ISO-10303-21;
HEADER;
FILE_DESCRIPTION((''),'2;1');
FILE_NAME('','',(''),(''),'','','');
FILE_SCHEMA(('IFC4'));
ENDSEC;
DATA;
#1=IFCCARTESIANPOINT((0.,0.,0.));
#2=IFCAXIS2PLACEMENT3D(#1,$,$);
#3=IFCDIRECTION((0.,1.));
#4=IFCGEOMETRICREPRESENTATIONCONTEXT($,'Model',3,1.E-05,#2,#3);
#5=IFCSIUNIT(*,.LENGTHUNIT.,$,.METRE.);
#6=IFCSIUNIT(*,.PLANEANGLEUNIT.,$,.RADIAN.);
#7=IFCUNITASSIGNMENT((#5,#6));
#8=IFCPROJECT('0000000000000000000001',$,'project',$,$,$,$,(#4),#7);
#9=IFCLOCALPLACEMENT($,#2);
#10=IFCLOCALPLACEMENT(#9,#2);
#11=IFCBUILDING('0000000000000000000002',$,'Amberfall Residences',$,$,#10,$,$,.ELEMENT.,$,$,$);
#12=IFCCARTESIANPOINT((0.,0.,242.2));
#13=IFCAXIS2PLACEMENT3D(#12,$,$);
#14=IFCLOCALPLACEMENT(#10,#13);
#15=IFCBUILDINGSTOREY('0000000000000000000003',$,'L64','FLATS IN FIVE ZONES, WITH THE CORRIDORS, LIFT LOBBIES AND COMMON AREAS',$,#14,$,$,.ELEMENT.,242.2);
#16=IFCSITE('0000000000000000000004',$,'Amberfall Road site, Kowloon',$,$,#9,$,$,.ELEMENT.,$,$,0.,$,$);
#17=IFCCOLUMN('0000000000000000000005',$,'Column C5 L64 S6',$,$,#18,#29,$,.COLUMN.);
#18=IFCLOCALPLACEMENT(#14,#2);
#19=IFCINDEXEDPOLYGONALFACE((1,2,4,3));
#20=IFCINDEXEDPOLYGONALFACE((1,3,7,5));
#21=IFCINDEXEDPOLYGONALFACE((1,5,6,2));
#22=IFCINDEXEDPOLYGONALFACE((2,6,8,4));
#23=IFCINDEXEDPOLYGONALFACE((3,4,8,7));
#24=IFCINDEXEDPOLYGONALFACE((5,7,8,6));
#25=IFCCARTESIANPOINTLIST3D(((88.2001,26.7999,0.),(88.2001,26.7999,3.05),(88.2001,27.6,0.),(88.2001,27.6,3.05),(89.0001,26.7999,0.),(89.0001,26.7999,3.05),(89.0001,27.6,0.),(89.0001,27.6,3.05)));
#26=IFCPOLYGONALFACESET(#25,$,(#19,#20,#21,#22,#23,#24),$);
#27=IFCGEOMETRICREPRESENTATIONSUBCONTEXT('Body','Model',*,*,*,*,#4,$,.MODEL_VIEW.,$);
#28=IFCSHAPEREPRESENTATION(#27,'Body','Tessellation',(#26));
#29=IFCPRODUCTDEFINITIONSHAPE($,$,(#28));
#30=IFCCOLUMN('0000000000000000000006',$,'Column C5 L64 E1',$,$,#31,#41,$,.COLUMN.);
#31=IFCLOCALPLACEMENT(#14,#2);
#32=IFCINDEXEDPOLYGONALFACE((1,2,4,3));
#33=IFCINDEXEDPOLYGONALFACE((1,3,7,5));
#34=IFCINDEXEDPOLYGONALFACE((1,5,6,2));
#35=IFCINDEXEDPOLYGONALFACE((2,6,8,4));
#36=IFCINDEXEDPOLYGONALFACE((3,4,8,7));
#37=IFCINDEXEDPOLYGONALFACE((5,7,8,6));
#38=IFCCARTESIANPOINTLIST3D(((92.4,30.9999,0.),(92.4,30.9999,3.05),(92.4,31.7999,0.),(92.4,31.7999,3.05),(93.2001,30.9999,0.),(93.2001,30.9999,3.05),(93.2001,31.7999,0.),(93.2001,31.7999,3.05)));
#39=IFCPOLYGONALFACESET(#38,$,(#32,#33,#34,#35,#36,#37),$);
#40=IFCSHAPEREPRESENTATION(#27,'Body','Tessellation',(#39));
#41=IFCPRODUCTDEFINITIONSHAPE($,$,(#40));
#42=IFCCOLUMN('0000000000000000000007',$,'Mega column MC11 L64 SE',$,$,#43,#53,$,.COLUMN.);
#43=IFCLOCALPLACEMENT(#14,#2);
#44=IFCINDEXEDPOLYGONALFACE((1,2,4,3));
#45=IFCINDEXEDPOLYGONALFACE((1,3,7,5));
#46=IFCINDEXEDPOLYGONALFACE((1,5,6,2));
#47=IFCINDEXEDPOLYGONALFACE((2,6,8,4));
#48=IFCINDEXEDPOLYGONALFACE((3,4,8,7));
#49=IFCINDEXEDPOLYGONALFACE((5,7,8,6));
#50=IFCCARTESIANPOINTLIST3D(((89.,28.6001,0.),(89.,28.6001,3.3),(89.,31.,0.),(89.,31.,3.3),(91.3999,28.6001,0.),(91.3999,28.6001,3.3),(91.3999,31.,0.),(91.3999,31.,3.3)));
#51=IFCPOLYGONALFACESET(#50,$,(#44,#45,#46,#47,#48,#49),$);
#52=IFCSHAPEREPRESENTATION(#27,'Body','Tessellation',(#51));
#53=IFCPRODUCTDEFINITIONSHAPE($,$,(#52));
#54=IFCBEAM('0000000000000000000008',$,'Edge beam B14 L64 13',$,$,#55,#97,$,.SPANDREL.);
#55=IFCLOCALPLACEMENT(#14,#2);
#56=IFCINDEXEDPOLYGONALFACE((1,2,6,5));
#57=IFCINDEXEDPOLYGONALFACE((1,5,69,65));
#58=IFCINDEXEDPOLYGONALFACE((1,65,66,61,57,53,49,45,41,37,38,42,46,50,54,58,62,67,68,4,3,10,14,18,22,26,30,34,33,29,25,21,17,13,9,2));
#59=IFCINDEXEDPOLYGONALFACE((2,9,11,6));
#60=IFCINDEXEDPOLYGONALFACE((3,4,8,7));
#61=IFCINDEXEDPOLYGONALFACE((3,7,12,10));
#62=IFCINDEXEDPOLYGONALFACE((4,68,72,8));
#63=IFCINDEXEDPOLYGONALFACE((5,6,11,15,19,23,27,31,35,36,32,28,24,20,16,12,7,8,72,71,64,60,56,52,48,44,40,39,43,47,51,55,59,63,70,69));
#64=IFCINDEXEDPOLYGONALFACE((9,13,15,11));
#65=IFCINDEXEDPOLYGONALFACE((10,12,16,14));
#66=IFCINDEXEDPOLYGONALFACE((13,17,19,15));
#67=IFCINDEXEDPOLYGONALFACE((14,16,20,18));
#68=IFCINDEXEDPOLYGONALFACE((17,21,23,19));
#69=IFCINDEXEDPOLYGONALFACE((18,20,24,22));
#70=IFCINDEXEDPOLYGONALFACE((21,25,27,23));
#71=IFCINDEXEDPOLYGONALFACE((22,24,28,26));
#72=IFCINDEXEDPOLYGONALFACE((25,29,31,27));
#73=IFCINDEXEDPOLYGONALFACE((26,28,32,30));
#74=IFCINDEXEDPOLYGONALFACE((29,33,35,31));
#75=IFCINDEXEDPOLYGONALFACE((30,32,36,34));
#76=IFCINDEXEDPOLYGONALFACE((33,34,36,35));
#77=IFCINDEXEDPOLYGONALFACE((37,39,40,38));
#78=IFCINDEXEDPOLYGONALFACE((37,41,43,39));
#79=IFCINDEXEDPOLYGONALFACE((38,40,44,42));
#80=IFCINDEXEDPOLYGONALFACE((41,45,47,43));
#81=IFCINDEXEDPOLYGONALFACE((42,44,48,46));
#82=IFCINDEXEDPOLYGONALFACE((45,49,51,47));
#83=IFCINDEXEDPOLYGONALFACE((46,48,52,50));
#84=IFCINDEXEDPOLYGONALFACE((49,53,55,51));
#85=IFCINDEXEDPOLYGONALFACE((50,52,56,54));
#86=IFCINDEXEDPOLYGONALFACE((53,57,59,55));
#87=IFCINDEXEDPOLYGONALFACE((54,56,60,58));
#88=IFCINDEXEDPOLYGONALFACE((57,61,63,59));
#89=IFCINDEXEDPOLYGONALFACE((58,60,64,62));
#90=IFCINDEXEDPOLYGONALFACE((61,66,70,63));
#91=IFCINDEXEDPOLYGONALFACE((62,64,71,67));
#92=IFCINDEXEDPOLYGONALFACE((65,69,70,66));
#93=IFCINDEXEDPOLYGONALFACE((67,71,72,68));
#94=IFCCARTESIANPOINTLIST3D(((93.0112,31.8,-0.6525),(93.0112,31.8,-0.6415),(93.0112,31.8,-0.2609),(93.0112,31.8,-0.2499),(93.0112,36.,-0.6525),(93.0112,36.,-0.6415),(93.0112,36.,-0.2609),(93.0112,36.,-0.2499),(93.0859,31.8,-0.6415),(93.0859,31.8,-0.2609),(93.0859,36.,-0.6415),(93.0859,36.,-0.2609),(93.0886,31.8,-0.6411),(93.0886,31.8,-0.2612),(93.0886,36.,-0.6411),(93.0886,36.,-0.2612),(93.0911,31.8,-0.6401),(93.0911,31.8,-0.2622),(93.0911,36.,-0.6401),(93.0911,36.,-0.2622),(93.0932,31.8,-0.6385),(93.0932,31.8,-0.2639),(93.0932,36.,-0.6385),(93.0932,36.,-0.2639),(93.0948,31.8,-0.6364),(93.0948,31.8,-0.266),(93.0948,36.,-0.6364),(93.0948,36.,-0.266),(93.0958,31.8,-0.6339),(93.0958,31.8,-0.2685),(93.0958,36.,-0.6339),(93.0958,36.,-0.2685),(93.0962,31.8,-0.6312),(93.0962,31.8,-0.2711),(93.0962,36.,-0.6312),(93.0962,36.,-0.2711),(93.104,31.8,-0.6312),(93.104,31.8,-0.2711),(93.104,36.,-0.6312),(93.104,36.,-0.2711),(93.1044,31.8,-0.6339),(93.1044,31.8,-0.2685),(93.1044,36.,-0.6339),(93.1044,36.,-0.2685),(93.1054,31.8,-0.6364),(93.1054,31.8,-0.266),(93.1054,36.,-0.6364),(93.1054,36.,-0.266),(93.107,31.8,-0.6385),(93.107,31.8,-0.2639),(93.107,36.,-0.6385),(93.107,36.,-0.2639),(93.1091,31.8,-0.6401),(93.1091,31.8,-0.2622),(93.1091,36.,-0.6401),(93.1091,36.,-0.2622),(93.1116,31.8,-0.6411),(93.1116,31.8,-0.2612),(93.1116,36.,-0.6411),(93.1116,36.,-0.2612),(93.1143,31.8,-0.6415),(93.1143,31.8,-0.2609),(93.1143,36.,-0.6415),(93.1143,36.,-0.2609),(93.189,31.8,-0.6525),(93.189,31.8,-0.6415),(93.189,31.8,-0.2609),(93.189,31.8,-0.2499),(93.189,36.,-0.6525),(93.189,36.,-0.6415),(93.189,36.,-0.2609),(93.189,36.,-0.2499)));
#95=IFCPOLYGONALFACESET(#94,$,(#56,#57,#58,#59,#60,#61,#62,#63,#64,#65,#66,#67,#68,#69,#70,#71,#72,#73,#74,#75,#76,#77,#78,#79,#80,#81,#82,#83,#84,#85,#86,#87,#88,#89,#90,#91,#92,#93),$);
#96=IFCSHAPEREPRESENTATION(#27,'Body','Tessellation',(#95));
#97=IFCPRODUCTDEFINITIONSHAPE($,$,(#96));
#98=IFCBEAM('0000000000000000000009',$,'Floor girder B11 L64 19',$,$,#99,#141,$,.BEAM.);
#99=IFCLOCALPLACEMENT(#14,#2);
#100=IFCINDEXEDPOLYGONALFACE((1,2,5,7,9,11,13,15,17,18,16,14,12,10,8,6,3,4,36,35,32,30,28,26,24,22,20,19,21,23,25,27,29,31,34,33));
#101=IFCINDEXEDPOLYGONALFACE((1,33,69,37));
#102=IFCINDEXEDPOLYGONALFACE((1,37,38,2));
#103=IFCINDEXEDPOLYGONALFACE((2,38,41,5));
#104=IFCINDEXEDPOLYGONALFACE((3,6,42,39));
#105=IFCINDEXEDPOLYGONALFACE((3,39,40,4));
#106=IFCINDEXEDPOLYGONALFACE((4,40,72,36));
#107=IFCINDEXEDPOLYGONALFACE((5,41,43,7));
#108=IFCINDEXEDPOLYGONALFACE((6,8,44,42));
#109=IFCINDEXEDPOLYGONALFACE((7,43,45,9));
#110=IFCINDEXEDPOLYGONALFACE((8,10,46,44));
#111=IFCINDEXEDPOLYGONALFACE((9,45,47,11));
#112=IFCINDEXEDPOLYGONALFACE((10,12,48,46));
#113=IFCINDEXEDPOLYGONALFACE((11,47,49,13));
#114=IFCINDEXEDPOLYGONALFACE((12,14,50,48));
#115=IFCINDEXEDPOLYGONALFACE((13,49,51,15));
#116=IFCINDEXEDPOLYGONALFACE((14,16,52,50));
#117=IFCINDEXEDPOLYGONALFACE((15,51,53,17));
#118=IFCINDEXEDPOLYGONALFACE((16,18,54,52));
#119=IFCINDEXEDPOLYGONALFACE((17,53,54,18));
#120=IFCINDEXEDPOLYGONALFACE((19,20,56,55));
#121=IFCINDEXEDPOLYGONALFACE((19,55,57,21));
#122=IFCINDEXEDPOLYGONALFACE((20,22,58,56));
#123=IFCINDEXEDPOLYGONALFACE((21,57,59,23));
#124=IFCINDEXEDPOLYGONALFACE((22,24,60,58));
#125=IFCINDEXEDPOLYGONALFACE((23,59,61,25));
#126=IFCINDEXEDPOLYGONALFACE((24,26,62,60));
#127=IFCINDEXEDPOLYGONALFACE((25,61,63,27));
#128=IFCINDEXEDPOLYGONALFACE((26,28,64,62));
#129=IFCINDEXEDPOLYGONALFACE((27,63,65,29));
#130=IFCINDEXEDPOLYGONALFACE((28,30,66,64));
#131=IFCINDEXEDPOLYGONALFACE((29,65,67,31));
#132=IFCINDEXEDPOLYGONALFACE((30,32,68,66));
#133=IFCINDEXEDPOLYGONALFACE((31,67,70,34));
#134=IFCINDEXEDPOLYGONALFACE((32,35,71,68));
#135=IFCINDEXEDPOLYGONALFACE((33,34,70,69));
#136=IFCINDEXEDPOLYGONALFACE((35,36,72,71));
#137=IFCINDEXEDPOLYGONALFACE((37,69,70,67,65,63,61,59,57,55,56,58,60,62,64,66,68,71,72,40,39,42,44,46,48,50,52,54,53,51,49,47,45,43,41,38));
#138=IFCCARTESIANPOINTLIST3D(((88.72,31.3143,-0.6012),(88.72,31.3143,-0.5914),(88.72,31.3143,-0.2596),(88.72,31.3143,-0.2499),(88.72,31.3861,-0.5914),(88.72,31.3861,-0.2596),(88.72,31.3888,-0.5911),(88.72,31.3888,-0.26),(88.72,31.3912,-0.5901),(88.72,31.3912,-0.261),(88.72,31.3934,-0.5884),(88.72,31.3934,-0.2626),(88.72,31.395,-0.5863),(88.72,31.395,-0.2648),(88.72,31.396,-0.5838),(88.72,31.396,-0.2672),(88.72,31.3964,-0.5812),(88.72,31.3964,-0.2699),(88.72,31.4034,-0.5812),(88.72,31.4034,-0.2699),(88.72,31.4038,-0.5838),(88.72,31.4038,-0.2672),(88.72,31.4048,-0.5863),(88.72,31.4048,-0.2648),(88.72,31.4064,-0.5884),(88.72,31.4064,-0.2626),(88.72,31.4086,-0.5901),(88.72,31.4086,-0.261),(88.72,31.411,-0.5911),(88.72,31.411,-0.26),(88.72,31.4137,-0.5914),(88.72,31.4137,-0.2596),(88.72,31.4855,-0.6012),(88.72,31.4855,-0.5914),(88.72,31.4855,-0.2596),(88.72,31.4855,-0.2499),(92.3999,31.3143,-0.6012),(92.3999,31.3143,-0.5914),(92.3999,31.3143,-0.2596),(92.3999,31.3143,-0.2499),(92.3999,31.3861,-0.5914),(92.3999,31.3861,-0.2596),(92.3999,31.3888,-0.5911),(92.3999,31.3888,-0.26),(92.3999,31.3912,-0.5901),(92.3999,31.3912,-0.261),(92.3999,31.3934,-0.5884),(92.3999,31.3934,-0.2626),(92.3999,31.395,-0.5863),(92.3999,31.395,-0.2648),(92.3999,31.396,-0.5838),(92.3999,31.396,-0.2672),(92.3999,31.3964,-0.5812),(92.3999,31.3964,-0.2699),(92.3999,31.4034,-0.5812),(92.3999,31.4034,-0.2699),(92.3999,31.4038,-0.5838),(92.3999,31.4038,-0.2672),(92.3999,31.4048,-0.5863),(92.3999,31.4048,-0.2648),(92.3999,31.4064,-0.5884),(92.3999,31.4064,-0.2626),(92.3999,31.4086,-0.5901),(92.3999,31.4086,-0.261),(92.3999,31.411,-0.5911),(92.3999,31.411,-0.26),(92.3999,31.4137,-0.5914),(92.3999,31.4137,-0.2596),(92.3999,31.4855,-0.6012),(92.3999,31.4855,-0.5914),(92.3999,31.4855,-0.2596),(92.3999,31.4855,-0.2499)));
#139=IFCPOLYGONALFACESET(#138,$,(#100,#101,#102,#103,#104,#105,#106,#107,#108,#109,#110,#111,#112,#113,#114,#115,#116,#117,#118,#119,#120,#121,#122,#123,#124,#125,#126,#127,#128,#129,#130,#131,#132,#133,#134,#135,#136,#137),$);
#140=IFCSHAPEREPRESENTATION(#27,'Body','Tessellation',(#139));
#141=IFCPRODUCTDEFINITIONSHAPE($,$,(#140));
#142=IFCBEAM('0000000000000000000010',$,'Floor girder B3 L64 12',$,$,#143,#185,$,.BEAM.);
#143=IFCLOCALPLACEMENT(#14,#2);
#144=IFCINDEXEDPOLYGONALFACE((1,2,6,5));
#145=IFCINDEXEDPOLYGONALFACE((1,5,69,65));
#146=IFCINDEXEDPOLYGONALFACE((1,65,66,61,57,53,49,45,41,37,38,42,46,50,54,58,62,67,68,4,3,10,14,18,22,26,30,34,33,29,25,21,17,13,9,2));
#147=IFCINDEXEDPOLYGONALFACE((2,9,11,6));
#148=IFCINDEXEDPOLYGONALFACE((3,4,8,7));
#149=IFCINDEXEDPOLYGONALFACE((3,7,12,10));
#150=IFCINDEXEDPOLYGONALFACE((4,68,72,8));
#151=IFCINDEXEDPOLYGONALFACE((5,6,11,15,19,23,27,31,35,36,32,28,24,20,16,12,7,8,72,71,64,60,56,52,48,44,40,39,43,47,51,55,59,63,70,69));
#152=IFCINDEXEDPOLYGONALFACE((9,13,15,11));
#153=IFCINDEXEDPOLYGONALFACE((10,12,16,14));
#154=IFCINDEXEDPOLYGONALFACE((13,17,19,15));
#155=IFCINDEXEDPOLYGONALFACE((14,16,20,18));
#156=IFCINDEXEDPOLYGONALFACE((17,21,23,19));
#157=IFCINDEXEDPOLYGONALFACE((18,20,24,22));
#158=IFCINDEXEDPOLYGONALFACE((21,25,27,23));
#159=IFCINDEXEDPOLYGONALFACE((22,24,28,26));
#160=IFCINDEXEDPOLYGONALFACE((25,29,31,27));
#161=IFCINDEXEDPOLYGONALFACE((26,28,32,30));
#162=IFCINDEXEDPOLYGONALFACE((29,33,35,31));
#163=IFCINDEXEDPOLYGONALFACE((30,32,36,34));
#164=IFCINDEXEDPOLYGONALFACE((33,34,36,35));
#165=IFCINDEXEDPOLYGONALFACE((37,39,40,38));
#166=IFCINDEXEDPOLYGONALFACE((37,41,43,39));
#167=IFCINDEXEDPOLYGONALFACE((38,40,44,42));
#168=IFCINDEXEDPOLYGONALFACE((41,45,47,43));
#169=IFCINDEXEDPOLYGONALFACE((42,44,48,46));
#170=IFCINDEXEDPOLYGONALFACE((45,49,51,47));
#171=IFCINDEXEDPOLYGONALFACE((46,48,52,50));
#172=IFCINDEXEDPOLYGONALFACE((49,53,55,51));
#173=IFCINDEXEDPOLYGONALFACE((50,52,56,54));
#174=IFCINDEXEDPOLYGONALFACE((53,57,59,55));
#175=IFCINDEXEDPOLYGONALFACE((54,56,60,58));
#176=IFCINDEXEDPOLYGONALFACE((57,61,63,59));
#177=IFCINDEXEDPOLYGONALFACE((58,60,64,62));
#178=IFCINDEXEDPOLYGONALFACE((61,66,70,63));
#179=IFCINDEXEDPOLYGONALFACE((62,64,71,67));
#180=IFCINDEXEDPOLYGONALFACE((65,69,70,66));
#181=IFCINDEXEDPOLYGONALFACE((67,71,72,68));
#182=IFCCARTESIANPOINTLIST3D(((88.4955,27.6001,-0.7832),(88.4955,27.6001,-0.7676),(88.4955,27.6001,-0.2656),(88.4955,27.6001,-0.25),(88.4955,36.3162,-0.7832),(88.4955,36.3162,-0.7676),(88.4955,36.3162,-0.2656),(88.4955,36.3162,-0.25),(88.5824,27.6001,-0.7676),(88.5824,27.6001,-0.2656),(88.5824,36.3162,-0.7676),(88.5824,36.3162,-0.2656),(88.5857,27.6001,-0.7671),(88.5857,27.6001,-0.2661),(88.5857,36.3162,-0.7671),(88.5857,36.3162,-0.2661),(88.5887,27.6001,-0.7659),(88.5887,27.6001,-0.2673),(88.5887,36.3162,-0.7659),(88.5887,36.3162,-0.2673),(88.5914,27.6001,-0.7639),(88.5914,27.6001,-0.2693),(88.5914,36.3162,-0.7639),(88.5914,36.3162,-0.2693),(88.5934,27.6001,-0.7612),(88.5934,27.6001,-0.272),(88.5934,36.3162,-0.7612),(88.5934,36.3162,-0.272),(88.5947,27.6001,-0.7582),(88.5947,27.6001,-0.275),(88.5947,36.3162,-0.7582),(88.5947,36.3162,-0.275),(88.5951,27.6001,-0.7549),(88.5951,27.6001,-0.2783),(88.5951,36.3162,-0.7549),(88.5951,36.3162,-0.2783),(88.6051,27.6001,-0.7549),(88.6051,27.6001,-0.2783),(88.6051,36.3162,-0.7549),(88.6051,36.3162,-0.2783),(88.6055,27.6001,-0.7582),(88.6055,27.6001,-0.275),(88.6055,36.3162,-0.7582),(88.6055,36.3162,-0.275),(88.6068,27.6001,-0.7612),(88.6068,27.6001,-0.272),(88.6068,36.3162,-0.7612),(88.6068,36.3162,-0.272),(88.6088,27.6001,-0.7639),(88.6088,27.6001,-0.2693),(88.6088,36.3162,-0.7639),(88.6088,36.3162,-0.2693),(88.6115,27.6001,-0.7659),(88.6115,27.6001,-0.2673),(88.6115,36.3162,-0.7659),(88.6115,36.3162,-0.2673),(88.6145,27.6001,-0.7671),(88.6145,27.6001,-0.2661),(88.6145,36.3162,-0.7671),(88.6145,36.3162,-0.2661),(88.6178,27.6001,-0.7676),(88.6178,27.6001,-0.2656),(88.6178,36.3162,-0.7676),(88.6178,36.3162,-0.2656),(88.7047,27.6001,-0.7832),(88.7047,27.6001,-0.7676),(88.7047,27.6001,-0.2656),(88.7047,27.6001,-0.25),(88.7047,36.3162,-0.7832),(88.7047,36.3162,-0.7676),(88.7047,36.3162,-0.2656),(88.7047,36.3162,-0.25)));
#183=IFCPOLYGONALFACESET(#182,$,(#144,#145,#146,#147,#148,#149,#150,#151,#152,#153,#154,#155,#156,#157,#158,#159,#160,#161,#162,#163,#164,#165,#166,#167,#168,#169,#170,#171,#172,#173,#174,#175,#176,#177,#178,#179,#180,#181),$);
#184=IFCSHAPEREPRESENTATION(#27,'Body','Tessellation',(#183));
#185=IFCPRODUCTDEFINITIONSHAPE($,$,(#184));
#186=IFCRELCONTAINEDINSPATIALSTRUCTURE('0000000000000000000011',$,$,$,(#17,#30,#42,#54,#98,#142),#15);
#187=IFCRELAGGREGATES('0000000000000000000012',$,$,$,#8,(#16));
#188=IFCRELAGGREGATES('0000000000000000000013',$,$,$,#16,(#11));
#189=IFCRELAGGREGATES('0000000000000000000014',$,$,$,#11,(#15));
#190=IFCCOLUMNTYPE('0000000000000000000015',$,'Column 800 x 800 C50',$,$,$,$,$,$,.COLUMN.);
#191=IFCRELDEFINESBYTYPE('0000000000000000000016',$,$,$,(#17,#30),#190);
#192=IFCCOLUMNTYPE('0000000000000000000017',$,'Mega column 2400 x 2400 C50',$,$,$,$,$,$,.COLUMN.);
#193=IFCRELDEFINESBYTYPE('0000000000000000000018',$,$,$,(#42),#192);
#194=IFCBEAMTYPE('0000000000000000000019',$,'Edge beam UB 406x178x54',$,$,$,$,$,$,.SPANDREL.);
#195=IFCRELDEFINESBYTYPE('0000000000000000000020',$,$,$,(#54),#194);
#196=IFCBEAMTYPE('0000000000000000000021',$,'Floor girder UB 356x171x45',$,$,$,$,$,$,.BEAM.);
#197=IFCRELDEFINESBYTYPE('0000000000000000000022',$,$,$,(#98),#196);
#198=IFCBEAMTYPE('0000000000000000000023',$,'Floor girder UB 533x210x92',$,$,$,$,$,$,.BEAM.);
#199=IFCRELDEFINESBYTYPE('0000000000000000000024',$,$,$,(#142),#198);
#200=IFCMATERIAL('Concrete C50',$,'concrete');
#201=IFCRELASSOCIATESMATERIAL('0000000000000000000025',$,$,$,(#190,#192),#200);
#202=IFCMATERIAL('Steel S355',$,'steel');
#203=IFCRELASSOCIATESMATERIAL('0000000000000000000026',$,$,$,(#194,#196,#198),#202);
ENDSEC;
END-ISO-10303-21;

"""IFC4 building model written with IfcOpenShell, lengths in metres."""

from ifc_helpers import new_model, si_unit, direction, frame, origin, origin_2d, place, context, subcontext, project, spatial, rectangle, i_section, extrude, material, material_profile, profile_set, type_object, element, save


model = new_model("IFC4")

# Units and contexts
model_context = context("Model", 3, precision=1e-05, world=origin(), true_north=direction((0.0, 1.0)))
body_context = subcontext(model_context, "Body", "Model", "MODEL_VIEW")
ifc_project = project(units=[si_unit("LENGTHUNIT", "METRE"), si_unit("PLANEANGLEUNIT", "RADIAN")], contexts=[model_context])

# Site, building, storey
site_placement = place(None, origin())
site = spatial("IfcSite", under=ifc_project, at=site_placement, Name="Amberfall Road site, Kowloon", CompositionType="ELEMENT", RefElevation=0.0)
building_placement = place(site_placement, origin())
building = spatial("IfcBuilding", under=site, at=building_placement, Name="Amberfall Residences", CompositionType="ELEMENT")
storey_placement = place(building_placement, frame((0.0, 0.0, 242.2)))
storey = spatial("IfcBuildingStorey", under=building, at=storey_placement, Name="L64", Description="FLATS IN FIVE ZONES, WITH THE CORRIDORS, LIFT LOBBIES AND COMMON AREAS", CompositionType="ELEMENT", Elevation=242.2)

# Columns
ifc_material_1 = material(Name="Concrete C50", Category="concrete")
ifc_material_profile_1 = material_profile(ifc_material_1, rectangle(XDim=0.8, YDim=0.8, at=origin_2d()), Name="Column 800 x 800 C50")
ifc_profile_set_1 = profile_set([ifc_material_profile_1], Name="Concrete C50")
column_type_1 = type_object("IfcColumnType", Name="Column 800 x 800 C50", PredefinedType="COLUMN", material=ifc_profile_set_1)
for number, where, z_axis, x_axis, name in (
    (1, (88.6001, 27.2, 0.0), (0.0, 0.0, 1.0), (1.0, 0.0, 0.0), "Column C5 L64 S6"),
    (2, (92.8, 31.3999, 0.0), (0.0, 0.0, 1.0), (1.0, 0.0, 0.0), "Column C5 L64 E1"),
):
    element("IfcColumn", number, at=place(storey_placement, frame(where, z_axis=z_axis, x_axis=x_axis)), inside=storey, type_object=column_type_1, Name=name, PredefinedType="COLUMN", context=body_context, shape_type="SweptSolid", body=[
        extrude(rectangle(XDim=0.8, YDim=0.8, at=origin_2d()), origin(), (0.0, 0.0, 1.0), 3.05),
    ])
ifc_material_profile_2 = material_profile(ifc_material_1, rectangle(XDim=2.3999, YDim=2.3999, at=origin_2d()), Name="Mega column 2400 x 2400 C50")
ifc_profile_set_2 = profile_set([ifc_material_profile_2], Name="Concrete C50")
column_type_2 = type_object("IfcColumnType", Name="Mega column 2400 x 2400 C50", PredefinedType="COLUMN", material=ifc_profile_set_2)
column_placement = place(storey_placement, frame((90.2, 29.8, 0.0), z_axis=(0.0, 0.0, 1.0), x_axis=(1.0, 0.0, 0.0)))
element("IfcColumn", 3, at=column_placement, inside=storey, type_object=column_type_2, Name="Mega column MC11 L64 SE", PredefinedType="COLUMN", context=body_context, shape_type="SweptSolid", body=[
    extrude(rectangle(XDim=2.3999, YDim=2.3999, at=origin_2d()), origin(), (0.0, 0.0, 1.0), 3.3),
])

# Beams
ifc_material_2 = material(Name="Steel S355", Category="steel")
ifc_material_profile_3 = material_profile(ifc_material_2, i_section(OverallWidth=0.1777, OverallDepth=0.4026, WebThickness=0.0078, FlangeThickness=0.011, FilletRadius=0.0103, at=origin_2d()), Name="UB 406x178x54")
ifc_profile_set_3 = profile_set([ifc_material_profile_3], Name="Steel S355")
beam_type_1 = type_object("IfcBeamType", Name="Edge beam UB 406x178x54", PredefinedType="SPANDREL", material=ifc_profile_set_3)
beam_1_placement = place(storey_placement, frame((93.1001, 31.8, -0.4512), z_axis=(0.0, 1.0, 0.0), x_axis=(-1.0, 0.0, 0.0)))
element("IfcBeam", 4, at=beam_1_placement, inside=storey, type_object=beam_type_1, Name="Edge beam B14 L64 13", PredefinedType="SPANDREL", context=body_context, shape_type="SweptSolid", body=[
    extrude(i_section(OverallWidth=0.1777, OverallDepth=0.4026, WebThickness=0.0078, FlangeThickness=0.011, FilletRadius=0.0103, at=origin_2d()), origin(), (0.0, 0.0, 1.0), 4.2),
])
ifc_material_profile_4 = material_profile(ifc_material_2, i_section(OverallWidth=0.1711, OverallDepth=0.3513, WebThickness=0.0071, FlangeThickness=0.0098, FilletRadius=0.0103, at=origin_2d()), Name="UB 356x171x45")
ifc_profile_set_4 = profile_set([ifc_material_profile_4], Name="Steel S355")
beam_type_2 = type_object("IfcBeamType", Name="Floor girder UB 356x171x45", PredefinedType="BEAM", material=ifc_profile_set_4)
beam_2_placement = place(storey_placement, frame((92.3999, 31.3999, -0.4255), z_axis=(-1.0, 0.0, 0.0), x_axis=(0.0, -1.0, 0.0)))
element("IfcBeam", 5, at=beam_2_placement, inside=storey, type_object=beam_type_2, Name="Floor girder B11 L64 19", PredefinedType="BEAM", context=body_context, shape_type="SweptSolid", body=[
    extrude(i_section(OverallWidth=0.1711, OverallDepth=0.3513, WebThickness=0.0071, FlangeThickness=0.0098, FilletRadius=0.0103, at=origin_2d()), origin(), (0.0, 0.0, 1.0), 3.6799),
])
ifc_material_profile_5 = material_profile(ifc_material_2, i_section(OverallWidth=0.2092, OverallDepth=0.5332, WebThickness=0.01, FlangeThickness=0.0156, FilletRadius=0.0127, at=origin_2d()), Name="UB 533x210x92")
ifc_profile_set_5 = profile_set([ifc_material_profile_5], Name="Steel S355")
beam_type_3 = type_object("IfcBeamType", Name="Floor girder UB 533x210x92", PredefinedType="BEAM", material=ifc_profile_set_5)
beam_3_placement = place(storey_placement, frame((88.6001, 27.6001, -0.5166), z_axis=(0.0, 1.0, 0.0), x_axis=(-1.0, 0.0, 0.0)))
element("IfcBeam", 6, at=beam_3_placement, inside=storey, type_object=beam_type_3, Name="Floor girder B3 L64 12", PredefinedType="BEAM", context=body_context, shape_type="SweptSolid", body=[
    extrude(i_section(OverallWidth=0.2092, OverallDepth=0.5332, WebThickness=0.01, FlangeThickness=0.0156, FilletRadius=0.0127, at=origin_2d()), origin(), (0.0, 0.0, 1.0), 8.7161),
])

save(model, "model.ifc")
